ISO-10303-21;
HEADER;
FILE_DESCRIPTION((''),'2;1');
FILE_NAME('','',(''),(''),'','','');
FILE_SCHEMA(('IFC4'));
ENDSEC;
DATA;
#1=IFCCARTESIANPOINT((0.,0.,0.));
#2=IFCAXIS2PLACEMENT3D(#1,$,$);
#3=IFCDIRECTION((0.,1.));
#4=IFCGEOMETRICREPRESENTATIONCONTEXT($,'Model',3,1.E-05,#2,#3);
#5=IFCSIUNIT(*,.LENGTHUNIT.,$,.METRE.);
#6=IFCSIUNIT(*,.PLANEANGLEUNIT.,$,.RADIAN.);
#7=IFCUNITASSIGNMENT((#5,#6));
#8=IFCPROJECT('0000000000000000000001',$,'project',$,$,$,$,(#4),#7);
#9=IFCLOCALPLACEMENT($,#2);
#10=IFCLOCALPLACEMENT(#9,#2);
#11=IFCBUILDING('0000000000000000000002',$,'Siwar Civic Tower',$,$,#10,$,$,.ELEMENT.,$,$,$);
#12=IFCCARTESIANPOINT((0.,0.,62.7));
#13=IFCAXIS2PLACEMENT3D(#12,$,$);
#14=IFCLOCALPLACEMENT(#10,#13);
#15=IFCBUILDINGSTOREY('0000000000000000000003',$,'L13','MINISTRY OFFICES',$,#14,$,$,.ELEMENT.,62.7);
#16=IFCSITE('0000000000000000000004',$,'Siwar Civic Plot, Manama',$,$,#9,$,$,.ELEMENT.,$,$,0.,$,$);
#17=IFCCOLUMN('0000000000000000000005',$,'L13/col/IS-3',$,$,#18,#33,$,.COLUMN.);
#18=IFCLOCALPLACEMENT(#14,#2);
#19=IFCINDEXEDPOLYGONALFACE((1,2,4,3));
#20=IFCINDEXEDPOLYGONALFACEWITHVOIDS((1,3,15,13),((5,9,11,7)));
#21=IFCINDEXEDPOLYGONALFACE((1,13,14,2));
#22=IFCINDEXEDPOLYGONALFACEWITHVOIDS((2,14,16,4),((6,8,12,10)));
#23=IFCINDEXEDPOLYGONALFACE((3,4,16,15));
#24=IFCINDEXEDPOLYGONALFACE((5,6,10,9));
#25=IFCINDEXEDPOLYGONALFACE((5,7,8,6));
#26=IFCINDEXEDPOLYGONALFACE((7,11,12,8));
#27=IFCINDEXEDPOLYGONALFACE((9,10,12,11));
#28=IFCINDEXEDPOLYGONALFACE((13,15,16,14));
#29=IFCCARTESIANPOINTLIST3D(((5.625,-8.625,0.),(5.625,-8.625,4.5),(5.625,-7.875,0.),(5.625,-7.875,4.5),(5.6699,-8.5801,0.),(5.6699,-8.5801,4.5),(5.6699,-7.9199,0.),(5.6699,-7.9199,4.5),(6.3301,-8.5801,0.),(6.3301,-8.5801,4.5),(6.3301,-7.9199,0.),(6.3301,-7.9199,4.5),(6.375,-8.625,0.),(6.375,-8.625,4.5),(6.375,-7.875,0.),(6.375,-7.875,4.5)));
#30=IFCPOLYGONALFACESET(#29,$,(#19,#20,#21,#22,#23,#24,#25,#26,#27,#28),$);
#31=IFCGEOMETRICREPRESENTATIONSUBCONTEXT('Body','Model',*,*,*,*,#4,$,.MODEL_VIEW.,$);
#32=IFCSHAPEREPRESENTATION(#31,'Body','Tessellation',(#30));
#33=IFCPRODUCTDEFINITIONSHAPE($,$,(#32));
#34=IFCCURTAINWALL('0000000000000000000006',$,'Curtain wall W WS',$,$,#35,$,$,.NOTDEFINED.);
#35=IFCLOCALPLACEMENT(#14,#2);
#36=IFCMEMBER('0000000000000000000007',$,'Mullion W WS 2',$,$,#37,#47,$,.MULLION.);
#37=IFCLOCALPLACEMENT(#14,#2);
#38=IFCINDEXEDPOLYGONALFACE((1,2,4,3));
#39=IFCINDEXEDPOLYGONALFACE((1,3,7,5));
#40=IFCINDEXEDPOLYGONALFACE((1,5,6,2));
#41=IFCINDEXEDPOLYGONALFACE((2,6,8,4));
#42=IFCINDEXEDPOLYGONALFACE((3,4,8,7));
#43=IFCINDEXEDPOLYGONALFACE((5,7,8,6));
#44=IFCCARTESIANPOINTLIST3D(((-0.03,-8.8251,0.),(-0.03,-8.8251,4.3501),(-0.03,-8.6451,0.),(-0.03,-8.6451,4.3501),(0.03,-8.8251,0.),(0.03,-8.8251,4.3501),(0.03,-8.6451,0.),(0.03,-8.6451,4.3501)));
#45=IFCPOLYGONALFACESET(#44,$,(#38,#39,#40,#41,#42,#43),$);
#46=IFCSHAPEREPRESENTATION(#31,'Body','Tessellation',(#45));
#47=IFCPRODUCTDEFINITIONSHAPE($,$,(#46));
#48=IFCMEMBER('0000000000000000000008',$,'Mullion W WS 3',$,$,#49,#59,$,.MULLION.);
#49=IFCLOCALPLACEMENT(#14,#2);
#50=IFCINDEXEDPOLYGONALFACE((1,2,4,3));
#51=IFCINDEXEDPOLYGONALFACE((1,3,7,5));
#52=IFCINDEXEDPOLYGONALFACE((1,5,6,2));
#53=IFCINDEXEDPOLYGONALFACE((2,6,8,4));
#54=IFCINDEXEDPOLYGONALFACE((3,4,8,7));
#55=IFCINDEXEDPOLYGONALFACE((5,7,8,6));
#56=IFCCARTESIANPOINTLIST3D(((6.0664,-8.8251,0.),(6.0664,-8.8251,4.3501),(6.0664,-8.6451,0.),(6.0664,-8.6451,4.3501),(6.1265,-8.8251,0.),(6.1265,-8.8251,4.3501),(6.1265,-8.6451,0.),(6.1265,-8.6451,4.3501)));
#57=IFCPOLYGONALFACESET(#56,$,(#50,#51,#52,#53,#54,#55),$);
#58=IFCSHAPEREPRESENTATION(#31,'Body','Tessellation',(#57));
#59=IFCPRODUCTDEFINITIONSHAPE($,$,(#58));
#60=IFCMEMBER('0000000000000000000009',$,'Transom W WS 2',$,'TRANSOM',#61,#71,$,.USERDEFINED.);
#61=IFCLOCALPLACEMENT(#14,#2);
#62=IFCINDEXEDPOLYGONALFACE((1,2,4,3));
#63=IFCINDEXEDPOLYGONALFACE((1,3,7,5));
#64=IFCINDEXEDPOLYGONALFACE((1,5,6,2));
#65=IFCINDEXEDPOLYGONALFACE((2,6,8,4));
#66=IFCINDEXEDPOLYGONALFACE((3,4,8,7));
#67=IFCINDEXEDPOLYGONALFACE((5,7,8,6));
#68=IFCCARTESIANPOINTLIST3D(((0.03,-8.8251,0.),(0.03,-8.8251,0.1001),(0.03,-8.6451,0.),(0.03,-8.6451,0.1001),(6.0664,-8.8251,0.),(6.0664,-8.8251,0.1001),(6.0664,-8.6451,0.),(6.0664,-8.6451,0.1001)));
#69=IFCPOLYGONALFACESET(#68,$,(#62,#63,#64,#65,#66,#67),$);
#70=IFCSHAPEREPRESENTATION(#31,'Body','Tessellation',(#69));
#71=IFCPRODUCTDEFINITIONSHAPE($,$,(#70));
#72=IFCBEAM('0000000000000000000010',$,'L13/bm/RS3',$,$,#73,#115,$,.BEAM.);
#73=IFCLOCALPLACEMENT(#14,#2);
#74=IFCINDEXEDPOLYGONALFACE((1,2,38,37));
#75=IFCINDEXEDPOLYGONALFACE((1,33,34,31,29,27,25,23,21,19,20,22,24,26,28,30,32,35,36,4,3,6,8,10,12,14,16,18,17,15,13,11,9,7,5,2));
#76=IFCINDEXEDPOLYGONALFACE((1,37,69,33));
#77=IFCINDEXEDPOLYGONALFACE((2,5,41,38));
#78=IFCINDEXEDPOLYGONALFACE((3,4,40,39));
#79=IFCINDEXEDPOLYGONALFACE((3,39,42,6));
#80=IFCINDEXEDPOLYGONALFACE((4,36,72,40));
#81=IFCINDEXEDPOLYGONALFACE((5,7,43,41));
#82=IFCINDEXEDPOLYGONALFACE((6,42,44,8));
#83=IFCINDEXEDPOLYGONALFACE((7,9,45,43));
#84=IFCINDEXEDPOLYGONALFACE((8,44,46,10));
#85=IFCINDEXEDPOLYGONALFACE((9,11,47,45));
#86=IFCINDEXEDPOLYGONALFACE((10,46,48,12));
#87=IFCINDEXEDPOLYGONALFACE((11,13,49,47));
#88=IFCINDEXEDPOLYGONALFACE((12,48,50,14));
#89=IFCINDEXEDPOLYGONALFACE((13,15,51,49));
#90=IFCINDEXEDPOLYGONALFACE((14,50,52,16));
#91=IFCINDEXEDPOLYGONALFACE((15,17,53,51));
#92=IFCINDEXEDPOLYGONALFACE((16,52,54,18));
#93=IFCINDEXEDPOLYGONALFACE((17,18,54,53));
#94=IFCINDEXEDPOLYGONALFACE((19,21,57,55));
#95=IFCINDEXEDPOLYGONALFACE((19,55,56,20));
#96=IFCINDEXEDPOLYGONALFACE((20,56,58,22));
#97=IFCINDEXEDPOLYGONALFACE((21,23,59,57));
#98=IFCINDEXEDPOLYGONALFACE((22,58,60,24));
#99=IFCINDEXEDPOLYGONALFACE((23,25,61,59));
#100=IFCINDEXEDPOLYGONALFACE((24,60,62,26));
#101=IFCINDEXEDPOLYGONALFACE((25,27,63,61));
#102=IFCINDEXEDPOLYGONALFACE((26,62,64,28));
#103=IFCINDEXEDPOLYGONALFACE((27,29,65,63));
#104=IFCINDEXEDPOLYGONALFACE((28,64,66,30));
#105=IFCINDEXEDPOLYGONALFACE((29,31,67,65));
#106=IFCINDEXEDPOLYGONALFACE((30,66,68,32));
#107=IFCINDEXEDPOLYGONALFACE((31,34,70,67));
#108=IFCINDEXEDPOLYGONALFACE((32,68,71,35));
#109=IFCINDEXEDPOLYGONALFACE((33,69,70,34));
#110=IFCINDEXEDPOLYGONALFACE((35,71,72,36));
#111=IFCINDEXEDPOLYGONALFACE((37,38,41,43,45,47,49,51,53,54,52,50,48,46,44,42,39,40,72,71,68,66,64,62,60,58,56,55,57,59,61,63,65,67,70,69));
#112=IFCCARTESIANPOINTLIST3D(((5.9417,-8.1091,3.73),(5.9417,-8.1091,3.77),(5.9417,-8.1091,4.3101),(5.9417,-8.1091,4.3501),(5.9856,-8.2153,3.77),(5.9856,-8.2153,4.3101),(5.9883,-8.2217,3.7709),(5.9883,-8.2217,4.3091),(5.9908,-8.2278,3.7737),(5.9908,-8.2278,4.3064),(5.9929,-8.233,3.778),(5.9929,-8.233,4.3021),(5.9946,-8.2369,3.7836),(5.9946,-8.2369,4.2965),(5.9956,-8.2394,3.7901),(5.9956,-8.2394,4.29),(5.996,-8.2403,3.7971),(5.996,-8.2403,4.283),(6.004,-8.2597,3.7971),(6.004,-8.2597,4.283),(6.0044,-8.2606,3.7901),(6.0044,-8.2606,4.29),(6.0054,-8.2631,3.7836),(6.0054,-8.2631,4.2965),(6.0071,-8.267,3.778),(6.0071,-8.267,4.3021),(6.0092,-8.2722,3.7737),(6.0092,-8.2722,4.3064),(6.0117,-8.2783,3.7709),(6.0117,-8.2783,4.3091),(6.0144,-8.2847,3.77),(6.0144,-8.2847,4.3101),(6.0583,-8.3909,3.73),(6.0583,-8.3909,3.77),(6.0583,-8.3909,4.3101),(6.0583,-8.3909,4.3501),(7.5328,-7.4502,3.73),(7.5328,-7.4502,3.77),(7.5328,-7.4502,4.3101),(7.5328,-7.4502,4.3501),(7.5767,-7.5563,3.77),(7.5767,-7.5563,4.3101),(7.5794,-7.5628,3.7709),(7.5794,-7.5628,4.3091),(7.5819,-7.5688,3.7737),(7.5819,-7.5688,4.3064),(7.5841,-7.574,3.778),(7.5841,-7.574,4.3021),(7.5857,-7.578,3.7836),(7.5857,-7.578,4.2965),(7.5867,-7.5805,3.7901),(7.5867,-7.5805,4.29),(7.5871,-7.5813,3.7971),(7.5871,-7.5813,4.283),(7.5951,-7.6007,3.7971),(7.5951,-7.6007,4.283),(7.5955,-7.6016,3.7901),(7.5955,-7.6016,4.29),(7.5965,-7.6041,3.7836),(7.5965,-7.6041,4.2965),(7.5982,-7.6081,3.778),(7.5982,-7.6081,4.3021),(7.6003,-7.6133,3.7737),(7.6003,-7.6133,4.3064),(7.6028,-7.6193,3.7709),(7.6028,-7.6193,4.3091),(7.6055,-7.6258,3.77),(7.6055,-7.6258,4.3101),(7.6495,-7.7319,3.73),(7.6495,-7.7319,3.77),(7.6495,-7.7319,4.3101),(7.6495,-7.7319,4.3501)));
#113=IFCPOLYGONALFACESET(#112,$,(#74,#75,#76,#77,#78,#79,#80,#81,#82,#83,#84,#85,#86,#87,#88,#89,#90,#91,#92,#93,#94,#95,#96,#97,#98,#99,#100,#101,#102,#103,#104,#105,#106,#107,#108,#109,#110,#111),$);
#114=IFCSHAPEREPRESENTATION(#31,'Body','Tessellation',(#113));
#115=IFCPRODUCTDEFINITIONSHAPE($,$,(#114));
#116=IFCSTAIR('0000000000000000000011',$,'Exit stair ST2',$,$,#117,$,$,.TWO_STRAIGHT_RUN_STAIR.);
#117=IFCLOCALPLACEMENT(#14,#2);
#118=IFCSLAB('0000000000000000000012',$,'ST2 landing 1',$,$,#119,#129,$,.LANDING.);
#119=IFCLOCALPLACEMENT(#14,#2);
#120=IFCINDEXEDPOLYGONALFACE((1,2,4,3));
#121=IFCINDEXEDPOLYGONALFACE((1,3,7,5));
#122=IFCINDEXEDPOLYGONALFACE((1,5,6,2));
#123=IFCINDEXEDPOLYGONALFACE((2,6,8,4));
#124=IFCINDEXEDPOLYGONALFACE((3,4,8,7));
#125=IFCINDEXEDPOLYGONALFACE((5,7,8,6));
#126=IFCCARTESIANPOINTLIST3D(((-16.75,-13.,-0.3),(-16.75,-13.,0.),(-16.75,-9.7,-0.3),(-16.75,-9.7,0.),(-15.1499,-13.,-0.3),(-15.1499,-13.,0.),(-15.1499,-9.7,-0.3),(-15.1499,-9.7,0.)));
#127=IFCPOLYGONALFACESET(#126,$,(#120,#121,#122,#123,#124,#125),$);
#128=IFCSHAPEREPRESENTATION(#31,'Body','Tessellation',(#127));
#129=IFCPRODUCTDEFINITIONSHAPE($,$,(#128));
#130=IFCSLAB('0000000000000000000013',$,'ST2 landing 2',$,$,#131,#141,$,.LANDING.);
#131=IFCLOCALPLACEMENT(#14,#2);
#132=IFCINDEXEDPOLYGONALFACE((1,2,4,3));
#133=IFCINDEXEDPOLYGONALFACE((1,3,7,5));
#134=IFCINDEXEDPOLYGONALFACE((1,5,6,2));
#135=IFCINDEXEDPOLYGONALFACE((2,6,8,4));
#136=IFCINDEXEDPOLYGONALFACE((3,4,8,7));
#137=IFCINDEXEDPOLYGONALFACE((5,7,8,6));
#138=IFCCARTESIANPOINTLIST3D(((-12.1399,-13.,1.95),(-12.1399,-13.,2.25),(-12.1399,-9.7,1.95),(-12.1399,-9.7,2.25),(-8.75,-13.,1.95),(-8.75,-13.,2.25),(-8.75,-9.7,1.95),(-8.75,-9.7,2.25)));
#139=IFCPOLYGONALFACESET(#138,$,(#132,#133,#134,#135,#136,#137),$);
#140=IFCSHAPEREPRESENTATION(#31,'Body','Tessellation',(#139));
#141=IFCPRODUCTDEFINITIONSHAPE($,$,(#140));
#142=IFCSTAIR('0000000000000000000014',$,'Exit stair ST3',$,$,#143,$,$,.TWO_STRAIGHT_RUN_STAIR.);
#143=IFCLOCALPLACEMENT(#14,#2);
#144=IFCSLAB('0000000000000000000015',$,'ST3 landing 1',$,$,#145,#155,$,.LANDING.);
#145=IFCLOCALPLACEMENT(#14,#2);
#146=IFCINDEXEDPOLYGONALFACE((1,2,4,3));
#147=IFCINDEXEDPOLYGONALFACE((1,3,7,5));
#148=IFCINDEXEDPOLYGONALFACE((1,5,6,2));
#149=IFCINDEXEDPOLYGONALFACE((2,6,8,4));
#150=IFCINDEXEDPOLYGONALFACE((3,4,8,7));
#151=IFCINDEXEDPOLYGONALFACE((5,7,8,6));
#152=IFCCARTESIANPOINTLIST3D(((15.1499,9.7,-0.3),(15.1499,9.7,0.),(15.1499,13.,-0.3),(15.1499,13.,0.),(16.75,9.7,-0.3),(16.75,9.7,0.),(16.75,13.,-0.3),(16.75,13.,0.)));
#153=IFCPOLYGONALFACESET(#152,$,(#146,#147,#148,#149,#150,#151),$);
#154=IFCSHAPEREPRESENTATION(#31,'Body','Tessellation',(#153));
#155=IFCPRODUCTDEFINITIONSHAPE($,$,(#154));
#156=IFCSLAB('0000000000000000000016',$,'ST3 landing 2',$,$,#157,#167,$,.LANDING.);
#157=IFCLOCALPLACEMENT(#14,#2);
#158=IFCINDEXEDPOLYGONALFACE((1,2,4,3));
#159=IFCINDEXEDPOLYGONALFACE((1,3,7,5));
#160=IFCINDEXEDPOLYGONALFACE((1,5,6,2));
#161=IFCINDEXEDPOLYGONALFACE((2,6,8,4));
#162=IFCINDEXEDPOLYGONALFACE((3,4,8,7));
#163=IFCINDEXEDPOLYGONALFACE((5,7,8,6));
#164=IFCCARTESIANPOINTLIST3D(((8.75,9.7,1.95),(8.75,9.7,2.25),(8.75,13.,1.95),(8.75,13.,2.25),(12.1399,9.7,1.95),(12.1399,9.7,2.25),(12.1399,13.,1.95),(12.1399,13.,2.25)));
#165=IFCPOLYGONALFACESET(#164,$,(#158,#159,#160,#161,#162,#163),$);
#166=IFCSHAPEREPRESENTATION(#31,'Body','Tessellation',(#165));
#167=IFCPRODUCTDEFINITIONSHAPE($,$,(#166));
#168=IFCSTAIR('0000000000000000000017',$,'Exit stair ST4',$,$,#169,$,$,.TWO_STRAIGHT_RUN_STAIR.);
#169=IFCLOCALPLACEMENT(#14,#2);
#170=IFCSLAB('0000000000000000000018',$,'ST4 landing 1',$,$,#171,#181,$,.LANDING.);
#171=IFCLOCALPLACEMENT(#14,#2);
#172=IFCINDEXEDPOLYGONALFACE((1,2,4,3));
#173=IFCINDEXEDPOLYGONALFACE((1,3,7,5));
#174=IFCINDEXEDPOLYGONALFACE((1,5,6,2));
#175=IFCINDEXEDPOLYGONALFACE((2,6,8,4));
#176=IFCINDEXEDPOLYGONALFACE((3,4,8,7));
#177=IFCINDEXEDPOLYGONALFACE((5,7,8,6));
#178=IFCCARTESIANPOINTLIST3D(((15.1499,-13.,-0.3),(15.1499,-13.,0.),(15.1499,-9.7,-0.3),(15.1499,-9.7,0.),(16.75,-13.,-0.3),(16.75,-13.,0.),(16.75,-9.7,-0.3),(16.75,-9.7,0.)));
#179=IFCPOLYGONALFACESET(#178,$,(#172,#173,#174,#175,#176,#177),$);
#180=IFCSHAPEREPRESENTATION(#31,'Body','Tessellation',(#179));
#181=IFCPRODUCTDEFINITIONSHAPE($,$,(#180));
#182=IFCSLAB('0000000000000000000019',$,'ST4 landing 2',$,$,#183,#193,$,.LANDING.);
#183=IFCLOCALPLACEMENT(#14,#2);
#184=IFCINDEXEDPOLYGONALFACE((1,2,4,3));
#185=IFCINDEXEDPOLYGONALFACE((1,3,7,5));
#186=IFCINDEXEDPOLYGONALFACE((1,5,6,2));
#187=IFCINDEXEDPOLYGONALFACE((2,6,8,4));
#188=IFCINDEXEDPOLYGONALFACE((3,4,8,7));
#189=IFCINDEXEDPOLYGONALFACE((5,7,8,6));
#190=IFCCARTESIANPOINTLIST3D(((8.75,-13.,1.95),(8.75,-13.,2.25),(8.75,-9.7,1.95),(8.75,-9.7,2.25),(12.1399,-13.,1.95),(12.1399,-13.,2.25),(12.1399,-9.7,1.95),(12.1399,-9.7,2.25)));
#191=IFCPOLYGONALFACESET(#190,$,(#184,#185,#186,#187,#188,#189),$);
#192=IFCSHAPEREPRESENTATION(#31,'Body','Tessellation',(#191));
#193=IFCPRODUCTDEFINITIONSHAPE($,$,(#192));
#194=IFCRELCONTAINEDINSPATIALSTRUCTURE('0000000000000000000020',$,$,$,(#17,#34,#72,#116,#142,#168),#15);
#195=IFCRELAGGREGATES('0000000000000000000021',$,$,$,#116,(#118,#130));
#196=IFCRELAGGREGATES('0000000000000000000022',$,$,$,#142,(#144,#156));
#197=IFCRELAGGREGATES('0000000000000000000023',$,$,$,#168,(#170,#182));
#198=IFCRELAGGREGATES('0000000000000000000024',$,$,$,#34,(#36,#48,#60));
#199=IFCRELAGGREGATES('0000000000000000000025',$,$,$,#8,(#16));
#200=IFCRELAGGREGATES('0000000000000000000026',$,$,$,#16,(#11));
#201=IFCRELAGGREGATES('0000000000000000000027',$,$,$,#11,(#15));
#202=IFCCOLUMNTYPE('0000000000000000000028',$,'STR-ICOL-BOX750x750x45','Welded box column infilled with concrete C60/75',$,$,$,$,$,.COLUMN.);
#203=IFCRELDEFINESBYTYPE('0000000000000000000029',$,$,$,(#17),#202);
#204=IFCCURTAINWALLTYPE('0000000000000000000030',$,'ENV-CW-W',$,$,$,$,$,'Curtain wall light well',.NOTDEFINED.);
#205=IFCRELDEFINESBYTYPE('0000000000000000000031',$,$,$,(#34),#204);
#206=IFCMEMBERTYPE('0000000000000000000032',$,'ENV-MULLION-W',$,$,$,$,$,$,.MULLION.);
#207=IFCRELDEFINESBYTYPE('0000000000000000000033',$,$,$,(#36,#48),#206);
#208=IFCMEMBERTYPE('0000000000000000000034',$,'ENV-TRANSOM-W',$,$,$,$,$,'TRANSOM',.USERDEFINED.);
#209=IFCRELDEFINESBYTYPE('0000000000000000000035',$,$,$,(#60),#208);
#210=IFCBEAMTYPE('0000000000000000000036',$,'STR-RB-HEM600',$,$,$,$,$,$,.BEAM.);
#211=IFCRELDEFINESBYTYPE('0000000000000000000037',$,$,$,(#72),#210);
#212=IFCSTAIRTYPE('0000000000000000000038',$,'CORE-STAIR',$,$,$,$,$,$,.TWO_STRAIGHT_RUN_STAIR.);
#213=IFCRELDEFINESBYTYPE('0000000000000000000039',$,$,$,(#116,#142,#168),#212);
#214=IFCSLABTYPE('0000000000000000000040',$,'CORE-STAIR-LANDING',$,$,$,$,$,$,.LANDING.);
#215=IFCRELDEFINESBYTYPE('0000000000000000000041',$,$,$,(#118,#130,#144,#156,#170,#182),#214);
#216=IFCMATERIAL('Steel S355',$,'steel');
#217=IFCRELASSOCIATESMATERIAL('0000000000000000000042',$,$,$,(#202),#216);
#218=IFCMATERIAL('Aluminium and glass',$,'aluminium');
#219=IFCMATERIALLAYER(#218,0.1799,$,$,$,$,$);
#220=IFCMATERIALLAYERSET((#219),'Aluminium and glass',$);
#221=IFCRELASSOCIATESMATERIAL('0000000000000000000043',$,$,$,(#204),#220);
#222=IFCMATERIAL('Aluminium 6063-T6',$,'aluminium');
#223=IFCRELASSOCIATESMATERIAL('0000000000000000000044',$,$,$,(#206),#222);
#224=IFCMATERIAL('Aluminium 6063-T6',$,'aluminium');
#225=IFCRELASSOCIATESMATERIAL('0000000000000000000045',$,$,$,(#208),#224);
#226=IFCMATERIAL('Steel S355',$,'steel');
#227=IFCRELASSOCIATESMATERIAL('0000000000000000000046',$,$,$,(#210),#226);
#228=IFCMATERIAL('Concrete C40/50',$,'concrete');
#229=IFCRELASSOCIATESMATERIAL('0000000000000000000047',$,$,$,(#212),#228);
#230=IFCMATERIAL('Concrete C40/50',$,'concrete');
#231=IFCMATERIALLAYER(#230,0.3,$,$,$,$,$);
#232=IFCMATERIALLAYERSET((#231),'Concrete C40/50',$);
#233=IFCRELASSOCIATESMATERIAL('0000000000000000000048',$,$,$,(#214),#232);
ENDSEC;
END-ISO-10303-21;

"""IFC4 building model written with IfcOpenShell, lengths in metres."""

from ifc_helpers import new_model, si_unit, direction, frame, origin, origin_2d, place, context, subcontext, project, spatial, polyline, rectangle, hollow_rectangle, i_section, outline, extrude, material, layer, layer_set, material_profile, profile_set, type_object, element, aggregate, save


model = new_model("IFC4")

# Units and contexts
model_context = context("Model", 3, precision=1e-05, world=origin(), true_north=direction((0.0, 1.0)))
body_context = subcontext(model_context, "Body", "Model", "MODEL_VIEW")
ifc_project = project(units=[si_unit("LENGTHUNIT", "METRE"), si_unit("PLANEANGLEUNIT", "RADIAN")], contexts=[model_context])

# Site, building, storey
site_placement = place(None, origin())
site = spatial("IfcSite", under=ifc_project, at=site_placement, Name="Siwar Civic Plot, Manama", CompositionType="ELEMENT", RefElevation=0.0)
building_placement = place(site_placement, origin())
building = spatial("IfcBuilding", under=site, at=building_placement, Name="Siwar Civic Tower", CompositionType="ELEMENT")
storey_placement = place(building_placement, frame((0.0, 0.0, 62.7)))
storey = spatial("IfcBuildingStorey", under=building, at=storey_placement, Name="L13", Description="MINISTRY OFFICES", CompositionType="ELEMENT", Elevation=62.7)

# Column
ifc_material_1 = material(Name="Steel S355", Category="steel")
ifc_material_profile_1 = material_profile(ifc_material_1, hollow_rectangle(XDim=0.75, YDim=0.75, WallThickness=0.0449, at=origin_2d()), Name="BOX750x750x45")
ifc_profile_set_1 = profile_set([ifc_material_profile_1], Name="Steel S355")
column_type = type_object("IfcColumnType", Name="STR-ICOL-BOX750x750x45", Description="Welded box column infilled with concrete C60/75", PredefinedType="COLUMN", material=ifc_profile_set_1)
column_placement = place(storey_placement, frame((6.0, -8.25, 0.0), z_axis=(0.0, 0.0, 1.0), x_axis=(1.0, 0.0, 0.0)))
element("IfcColumn", 1, at=column_placement, inside=storey, type_object=column_type, Name="L13/col/IS-3", PredefinedType="COLUMN", context=body_context, shape_type="SweptSolid", body=[
    extrude(hollow_rectangle(XDim=0.75, YDim=0.75, WallThickness=0.0449, at=origin_2d()), origin(), (0.0, 0.0, 1.0), 4.5),
])

# Curtain wall, members
ifc_material_2 = material(Name="Aluminium and glass", Category="aluminium")
ifc_layer_1 = layer(ifc_material_2, 0.1799)
ifc_layer_set_1 = layer_set([ifc_layer_1], Name="Aluminium and glass")
curtain_wall_type = type_object("IfcCurtainWallType", Name="ENV-CW-W", ElementType="Curtain wall light well", PredefinedType="NOTDEFINED", material=ifc_layer_set_1)
curtain_wall_placement = place(storey_placement, origin())
curtain_wall = element("IfcCurtainWall", 2, at=curtain_wall_placement, inside=storey, type_object=curtain_wall_type, Name="Curtain wall W WS", PredefinedType="NOTDEFINED")
ifc_material_3 = material(Name="Aluminium 6063-T6", Category="aluminium")
ifc_material_profile_2 = material_profile(ifc_material_3, rectangle(XDim=0.1799, YDim=0.0601, at=origin_2d()), Name="AL 180x60")
ifc_profile_set_2 = profile_set([ifc_material_profile_2], Name="Aluminium 6063-T6")
member_type_1 = type_object("IfcMemberType", Name="ENV-MULLION-W", PredefinedType="MULLION", material=ifc_profile_set_2)
member_1_placement = place(storey_placement, frame((0.0, -8.7351, 0.0), z_axis=(0.0, 0.0, 1.0), x_axis=(0.0, 1.0, 0.0)))
member_1 = element("IfcMember", 3, at=member_1_placement, type_object=member_type_1, Name="Mullion W WS 2", PredefinedType="MULLION", context=body_context, shape_type="SweptSolid", body=[
    extrude(rectangle(XDim=0.1799, YDim=0.0601, at=origin_2d()), origin(), (0.0, 0.0, 1.0), 4.3501),
])
member_2_placement = place(storey_placement, frame((6.0964, -8.7351, 0.0), z_axis=(0.0, 0.0, 1.0), x_axis=(0.0, 1.0, 0.0)))
member_2 = element("IfcMember", 4, at=member_2_placement, type_object=member_type_1, Name="Mullion W WS 3", PredefinedType="MULLION", context=body_context, shape_type="SweptSolid", body=[
    extrude(rectangle(XDim=0.1799, YDim=0.0601, at=origin_2d()), origin(), (0.0, 0.0, 1.0), 4.3501),
])
ifc_material_4 = material(Name="Aluminium 6063-T6", Category="aluminium")
ifc_material_profile_3 = material_profile(ifc_material_4, rectangle(XDim=0.1799, YDim=0.1001, at=origin_2d()), Name="AL 180x100")
ifc_profile_set_3 = profile_set([ifc_material_profile_3], Name="Aluminium 6063-T6")
member_type_2 = type_object("IfcMemberType", Name="ENV-TRANSOM-W", ElementType="TRANSOM", PredefinedType="USERDEFINED", material=ifc_profile_set_3)
member_3_placement = place(storey_placement, frame((0.03, -8.7351, 0.05), z_axis=(1.0, 0.0, 0.0), x_axis=(0.0, 1.0, 0.0)))
member_3 = element("IfcMember", 5, at=member_3_placement, type_object=member_type_2, Name="Transom W WS 2", ObjectType="TRANSOM", PredefinedType="USERDEFINED", context=body_context, shape_type="SweptSolid", body=[
    extrude(rectangle(XDim=0.1799, YDim=0.1001, at=origin_2d()), origin(), (0.0, 0.0, 1.0), 6.0364),
])

# Beam
ifc_material_5 = material(Name="Steel S355", Category="steel")
ifc_material_profile_4 = material_profile(ifc_material_5, i_section(OverallWidth=0.3049, OverallDepth=0.6201, WebThickness=0.021, FlangeThickness=0.04, FilletRadius=0.0271, at=origin_2d()), Name="HEM600")
ifc_profile_set_4 = profile_set([ifc_material_profile_4], Name="Steel S355")
beam_type = type_object("IfcBeamType", Name="STR-RB-HEM600", PredefinedType="BEAM", material=ifc_profile_set_4)
beam_placement = place(storey_placement, frame((6.0, -8.25, 4.04), z_axis=(0.923901, 0.382631, 0.0), x_axis=(-0.382631, 0.923901, 0.0)))
element("IfcBeam", 6, at=beam_placement, inside=storey, type_object=beam_type, Name="L13/bm/RS3", PredefinedType="BEAM", context=body_context, shape_type="SweptSolid", body=[
    extrude(i_section(OverallWidth=0.3049, OverallDepth=0.6201, WebThickness=0.021, FlangeThickness=0.04, FilletRadius=0.0271, at=origin_2d()), origin(), (0.0, 0.0, 1.0), 1.7222),
])

# Stairs, slabs
ifc_material_6 = material(Name="Concrete C40/50", Category="concrete")
stair_type = type_object("IfcStairType", Name="CORE-STAIR", PredefinedType="TWO_STRAIGHT_RUN_STAIR", material=ifc_material_6)
stair_1_placement = place(storey_placement, origin())
stair_1 = element("IfcStair", 7, at=stair_1_placement, inside=storey, type_object=stair_type, Name="Exit stair ST2", PredefinedType="TWO_STRAIGHT_RUN_STAIR")
ifc_material_7 = material(Name="Concrete C40/50", Category="concrete")
ifc_layer_2 = layer(ifc_material_7, 0.3)
ifc_layer_set_2 = layer_set([ifc_layer_2], Name="Concrete C40/50")
slab_type_1 = type_object("IfcSlabType", Name="CORE-STAIR-LANDING", PredefinedType="LANDING", material=ifc_layer_set_2)
slab_1_placement = place(storey_placement, frame((0.0, 0.0, -0.3)))
slab_1 = element("IfcSlab", 8, at=slab_1_placement, type_object=slab_type_1, Name="ST2 landing 1", PredefinedType="LANDING", context=body_context, shape_type="SweptSolid", body=[
    extrude(outline(polyline([(-15.1499, -9.7), (-16.75, -9.7), (-16.75, -13.0), (-15.1499, -13.0), (-15.1499, -9.7)])), origin(), (0.0, 0.0, 1.0), 0.3),
])
slab_2_placement = place(storey_placement, frame((0.0, 0.0, 1.95)))
slab_2 = element("IfcSlab", 9, at=slab_2_placement, type_object=slab_type_1, Name="ST2 landing 2", PredefinedType="LANDING", context=body_context, shape_type="SweptSolid", body=[
    extrude(outline(polyline([(-8.75, -9.7), (-12.1399, -9.7), (-12.1399, -13.0), (-8.75, -13.0), (-8.75, -9.7)])), origin(), (0.0, 0.0, 1.0), 0.3),
])
aggregate(stair_1, [slab_1, slab_2])
stair_2_placement = place(storey_placement, origin())
stair_2 = element("IfcStair", 10, at=stair_2_placement, inside=storey, type_object=stair_type, Name="Exit stair ST3", PredefinedType="TWO_STRAIGHT_RUN_STAIR")
slab_3_placement = place(storey_placement, frame((0.0, 0.0, -0.3)))
slab_3 = element("IfcSlab", 11, at=slab_3_placement, type_object=slab_type_1, Name="ST3 landing 1", PredefinedType="LANDING", context=body_context, shape_type="SweptSolid", body=[
    extrude(outline(polyline([(15.1499, 9.7), (16.75, 9.7), (16.75, 13.0), (15.1499, 13.0), (15.1499, 9.7)])), origin(), (0.0, 0.0, 1.0), 0.3),
])
slab_4_placement = place(storey_placement, frame((0.0, 0.0, 1.95)))
slab_4 = element("IfcSlab", 12, at=slab_4_placement, type_object=slab_type_1, Name="ST3 landing 2", PredefinedType="LANDING", context=body_context, shape_type="SweptSolid", body=[
    extrude(outline(polyline([(8.75, 9.7), (12.1399, 9.7), (12.1399, 13.0), (8.75, 13.0), (8.75, 9.7)])), origin(), (0.0, 0.0, 1.0), 0.3),
])
aggregate(stair_2, [slab_3, slab_4])
stair_3_placement = place(storey_placement, origin())
stair_3 = element("IfcStair", 13, at=stair_3_placement, inside=storey, type_object=stair_type, Name="Exit stair ST4", PredefinedType="TWO_STRAIGHT_RUN_STAIR")
slab_5_placement = place(storey_placement, frame((0.0, 0.0, -0.3)))
slab_5 = element("IfcSlab", 14, at=slab_5_placement, type_object=slab_type_1, Name="ST4 landing 1", PredefinedType="LANDING", context=body_context, shape_type="SweptSolid", body=[
    extrude(outline(polyline([(15.1499, -13.0), (16.75, -13.0), (16.75, -9.7), (15.1499, -9.7), (15.1499, -13.0)])), origin(), (0.0, 0.0, 1.0), 0.3),
])
slab_6_placement = place(storey_placement, frame((0.0, 0.0, 1.95)))
slab_6 = element("IfcSlab", 15, at=slab_6_placement, type_object=slab_type_1, Name="ST4 landing 2", PredefinedType="LANDING", context=body_context, shape_type="SweptSolid", body=[
    extrude(outline(polyline([(8.75, -13.0), (12.1399, -13.0), (12.1399, -9.7), (8.75, -9.7), (8.75, -13.0)])), origin(), (0.0, 0.0, 1.0), 0.3),
])
aggregate(stair_3, [slab_5, slab_6])

aggregate(curtain_wall, [member_1, member_2, member_3])

save(model, "model.ifc")
